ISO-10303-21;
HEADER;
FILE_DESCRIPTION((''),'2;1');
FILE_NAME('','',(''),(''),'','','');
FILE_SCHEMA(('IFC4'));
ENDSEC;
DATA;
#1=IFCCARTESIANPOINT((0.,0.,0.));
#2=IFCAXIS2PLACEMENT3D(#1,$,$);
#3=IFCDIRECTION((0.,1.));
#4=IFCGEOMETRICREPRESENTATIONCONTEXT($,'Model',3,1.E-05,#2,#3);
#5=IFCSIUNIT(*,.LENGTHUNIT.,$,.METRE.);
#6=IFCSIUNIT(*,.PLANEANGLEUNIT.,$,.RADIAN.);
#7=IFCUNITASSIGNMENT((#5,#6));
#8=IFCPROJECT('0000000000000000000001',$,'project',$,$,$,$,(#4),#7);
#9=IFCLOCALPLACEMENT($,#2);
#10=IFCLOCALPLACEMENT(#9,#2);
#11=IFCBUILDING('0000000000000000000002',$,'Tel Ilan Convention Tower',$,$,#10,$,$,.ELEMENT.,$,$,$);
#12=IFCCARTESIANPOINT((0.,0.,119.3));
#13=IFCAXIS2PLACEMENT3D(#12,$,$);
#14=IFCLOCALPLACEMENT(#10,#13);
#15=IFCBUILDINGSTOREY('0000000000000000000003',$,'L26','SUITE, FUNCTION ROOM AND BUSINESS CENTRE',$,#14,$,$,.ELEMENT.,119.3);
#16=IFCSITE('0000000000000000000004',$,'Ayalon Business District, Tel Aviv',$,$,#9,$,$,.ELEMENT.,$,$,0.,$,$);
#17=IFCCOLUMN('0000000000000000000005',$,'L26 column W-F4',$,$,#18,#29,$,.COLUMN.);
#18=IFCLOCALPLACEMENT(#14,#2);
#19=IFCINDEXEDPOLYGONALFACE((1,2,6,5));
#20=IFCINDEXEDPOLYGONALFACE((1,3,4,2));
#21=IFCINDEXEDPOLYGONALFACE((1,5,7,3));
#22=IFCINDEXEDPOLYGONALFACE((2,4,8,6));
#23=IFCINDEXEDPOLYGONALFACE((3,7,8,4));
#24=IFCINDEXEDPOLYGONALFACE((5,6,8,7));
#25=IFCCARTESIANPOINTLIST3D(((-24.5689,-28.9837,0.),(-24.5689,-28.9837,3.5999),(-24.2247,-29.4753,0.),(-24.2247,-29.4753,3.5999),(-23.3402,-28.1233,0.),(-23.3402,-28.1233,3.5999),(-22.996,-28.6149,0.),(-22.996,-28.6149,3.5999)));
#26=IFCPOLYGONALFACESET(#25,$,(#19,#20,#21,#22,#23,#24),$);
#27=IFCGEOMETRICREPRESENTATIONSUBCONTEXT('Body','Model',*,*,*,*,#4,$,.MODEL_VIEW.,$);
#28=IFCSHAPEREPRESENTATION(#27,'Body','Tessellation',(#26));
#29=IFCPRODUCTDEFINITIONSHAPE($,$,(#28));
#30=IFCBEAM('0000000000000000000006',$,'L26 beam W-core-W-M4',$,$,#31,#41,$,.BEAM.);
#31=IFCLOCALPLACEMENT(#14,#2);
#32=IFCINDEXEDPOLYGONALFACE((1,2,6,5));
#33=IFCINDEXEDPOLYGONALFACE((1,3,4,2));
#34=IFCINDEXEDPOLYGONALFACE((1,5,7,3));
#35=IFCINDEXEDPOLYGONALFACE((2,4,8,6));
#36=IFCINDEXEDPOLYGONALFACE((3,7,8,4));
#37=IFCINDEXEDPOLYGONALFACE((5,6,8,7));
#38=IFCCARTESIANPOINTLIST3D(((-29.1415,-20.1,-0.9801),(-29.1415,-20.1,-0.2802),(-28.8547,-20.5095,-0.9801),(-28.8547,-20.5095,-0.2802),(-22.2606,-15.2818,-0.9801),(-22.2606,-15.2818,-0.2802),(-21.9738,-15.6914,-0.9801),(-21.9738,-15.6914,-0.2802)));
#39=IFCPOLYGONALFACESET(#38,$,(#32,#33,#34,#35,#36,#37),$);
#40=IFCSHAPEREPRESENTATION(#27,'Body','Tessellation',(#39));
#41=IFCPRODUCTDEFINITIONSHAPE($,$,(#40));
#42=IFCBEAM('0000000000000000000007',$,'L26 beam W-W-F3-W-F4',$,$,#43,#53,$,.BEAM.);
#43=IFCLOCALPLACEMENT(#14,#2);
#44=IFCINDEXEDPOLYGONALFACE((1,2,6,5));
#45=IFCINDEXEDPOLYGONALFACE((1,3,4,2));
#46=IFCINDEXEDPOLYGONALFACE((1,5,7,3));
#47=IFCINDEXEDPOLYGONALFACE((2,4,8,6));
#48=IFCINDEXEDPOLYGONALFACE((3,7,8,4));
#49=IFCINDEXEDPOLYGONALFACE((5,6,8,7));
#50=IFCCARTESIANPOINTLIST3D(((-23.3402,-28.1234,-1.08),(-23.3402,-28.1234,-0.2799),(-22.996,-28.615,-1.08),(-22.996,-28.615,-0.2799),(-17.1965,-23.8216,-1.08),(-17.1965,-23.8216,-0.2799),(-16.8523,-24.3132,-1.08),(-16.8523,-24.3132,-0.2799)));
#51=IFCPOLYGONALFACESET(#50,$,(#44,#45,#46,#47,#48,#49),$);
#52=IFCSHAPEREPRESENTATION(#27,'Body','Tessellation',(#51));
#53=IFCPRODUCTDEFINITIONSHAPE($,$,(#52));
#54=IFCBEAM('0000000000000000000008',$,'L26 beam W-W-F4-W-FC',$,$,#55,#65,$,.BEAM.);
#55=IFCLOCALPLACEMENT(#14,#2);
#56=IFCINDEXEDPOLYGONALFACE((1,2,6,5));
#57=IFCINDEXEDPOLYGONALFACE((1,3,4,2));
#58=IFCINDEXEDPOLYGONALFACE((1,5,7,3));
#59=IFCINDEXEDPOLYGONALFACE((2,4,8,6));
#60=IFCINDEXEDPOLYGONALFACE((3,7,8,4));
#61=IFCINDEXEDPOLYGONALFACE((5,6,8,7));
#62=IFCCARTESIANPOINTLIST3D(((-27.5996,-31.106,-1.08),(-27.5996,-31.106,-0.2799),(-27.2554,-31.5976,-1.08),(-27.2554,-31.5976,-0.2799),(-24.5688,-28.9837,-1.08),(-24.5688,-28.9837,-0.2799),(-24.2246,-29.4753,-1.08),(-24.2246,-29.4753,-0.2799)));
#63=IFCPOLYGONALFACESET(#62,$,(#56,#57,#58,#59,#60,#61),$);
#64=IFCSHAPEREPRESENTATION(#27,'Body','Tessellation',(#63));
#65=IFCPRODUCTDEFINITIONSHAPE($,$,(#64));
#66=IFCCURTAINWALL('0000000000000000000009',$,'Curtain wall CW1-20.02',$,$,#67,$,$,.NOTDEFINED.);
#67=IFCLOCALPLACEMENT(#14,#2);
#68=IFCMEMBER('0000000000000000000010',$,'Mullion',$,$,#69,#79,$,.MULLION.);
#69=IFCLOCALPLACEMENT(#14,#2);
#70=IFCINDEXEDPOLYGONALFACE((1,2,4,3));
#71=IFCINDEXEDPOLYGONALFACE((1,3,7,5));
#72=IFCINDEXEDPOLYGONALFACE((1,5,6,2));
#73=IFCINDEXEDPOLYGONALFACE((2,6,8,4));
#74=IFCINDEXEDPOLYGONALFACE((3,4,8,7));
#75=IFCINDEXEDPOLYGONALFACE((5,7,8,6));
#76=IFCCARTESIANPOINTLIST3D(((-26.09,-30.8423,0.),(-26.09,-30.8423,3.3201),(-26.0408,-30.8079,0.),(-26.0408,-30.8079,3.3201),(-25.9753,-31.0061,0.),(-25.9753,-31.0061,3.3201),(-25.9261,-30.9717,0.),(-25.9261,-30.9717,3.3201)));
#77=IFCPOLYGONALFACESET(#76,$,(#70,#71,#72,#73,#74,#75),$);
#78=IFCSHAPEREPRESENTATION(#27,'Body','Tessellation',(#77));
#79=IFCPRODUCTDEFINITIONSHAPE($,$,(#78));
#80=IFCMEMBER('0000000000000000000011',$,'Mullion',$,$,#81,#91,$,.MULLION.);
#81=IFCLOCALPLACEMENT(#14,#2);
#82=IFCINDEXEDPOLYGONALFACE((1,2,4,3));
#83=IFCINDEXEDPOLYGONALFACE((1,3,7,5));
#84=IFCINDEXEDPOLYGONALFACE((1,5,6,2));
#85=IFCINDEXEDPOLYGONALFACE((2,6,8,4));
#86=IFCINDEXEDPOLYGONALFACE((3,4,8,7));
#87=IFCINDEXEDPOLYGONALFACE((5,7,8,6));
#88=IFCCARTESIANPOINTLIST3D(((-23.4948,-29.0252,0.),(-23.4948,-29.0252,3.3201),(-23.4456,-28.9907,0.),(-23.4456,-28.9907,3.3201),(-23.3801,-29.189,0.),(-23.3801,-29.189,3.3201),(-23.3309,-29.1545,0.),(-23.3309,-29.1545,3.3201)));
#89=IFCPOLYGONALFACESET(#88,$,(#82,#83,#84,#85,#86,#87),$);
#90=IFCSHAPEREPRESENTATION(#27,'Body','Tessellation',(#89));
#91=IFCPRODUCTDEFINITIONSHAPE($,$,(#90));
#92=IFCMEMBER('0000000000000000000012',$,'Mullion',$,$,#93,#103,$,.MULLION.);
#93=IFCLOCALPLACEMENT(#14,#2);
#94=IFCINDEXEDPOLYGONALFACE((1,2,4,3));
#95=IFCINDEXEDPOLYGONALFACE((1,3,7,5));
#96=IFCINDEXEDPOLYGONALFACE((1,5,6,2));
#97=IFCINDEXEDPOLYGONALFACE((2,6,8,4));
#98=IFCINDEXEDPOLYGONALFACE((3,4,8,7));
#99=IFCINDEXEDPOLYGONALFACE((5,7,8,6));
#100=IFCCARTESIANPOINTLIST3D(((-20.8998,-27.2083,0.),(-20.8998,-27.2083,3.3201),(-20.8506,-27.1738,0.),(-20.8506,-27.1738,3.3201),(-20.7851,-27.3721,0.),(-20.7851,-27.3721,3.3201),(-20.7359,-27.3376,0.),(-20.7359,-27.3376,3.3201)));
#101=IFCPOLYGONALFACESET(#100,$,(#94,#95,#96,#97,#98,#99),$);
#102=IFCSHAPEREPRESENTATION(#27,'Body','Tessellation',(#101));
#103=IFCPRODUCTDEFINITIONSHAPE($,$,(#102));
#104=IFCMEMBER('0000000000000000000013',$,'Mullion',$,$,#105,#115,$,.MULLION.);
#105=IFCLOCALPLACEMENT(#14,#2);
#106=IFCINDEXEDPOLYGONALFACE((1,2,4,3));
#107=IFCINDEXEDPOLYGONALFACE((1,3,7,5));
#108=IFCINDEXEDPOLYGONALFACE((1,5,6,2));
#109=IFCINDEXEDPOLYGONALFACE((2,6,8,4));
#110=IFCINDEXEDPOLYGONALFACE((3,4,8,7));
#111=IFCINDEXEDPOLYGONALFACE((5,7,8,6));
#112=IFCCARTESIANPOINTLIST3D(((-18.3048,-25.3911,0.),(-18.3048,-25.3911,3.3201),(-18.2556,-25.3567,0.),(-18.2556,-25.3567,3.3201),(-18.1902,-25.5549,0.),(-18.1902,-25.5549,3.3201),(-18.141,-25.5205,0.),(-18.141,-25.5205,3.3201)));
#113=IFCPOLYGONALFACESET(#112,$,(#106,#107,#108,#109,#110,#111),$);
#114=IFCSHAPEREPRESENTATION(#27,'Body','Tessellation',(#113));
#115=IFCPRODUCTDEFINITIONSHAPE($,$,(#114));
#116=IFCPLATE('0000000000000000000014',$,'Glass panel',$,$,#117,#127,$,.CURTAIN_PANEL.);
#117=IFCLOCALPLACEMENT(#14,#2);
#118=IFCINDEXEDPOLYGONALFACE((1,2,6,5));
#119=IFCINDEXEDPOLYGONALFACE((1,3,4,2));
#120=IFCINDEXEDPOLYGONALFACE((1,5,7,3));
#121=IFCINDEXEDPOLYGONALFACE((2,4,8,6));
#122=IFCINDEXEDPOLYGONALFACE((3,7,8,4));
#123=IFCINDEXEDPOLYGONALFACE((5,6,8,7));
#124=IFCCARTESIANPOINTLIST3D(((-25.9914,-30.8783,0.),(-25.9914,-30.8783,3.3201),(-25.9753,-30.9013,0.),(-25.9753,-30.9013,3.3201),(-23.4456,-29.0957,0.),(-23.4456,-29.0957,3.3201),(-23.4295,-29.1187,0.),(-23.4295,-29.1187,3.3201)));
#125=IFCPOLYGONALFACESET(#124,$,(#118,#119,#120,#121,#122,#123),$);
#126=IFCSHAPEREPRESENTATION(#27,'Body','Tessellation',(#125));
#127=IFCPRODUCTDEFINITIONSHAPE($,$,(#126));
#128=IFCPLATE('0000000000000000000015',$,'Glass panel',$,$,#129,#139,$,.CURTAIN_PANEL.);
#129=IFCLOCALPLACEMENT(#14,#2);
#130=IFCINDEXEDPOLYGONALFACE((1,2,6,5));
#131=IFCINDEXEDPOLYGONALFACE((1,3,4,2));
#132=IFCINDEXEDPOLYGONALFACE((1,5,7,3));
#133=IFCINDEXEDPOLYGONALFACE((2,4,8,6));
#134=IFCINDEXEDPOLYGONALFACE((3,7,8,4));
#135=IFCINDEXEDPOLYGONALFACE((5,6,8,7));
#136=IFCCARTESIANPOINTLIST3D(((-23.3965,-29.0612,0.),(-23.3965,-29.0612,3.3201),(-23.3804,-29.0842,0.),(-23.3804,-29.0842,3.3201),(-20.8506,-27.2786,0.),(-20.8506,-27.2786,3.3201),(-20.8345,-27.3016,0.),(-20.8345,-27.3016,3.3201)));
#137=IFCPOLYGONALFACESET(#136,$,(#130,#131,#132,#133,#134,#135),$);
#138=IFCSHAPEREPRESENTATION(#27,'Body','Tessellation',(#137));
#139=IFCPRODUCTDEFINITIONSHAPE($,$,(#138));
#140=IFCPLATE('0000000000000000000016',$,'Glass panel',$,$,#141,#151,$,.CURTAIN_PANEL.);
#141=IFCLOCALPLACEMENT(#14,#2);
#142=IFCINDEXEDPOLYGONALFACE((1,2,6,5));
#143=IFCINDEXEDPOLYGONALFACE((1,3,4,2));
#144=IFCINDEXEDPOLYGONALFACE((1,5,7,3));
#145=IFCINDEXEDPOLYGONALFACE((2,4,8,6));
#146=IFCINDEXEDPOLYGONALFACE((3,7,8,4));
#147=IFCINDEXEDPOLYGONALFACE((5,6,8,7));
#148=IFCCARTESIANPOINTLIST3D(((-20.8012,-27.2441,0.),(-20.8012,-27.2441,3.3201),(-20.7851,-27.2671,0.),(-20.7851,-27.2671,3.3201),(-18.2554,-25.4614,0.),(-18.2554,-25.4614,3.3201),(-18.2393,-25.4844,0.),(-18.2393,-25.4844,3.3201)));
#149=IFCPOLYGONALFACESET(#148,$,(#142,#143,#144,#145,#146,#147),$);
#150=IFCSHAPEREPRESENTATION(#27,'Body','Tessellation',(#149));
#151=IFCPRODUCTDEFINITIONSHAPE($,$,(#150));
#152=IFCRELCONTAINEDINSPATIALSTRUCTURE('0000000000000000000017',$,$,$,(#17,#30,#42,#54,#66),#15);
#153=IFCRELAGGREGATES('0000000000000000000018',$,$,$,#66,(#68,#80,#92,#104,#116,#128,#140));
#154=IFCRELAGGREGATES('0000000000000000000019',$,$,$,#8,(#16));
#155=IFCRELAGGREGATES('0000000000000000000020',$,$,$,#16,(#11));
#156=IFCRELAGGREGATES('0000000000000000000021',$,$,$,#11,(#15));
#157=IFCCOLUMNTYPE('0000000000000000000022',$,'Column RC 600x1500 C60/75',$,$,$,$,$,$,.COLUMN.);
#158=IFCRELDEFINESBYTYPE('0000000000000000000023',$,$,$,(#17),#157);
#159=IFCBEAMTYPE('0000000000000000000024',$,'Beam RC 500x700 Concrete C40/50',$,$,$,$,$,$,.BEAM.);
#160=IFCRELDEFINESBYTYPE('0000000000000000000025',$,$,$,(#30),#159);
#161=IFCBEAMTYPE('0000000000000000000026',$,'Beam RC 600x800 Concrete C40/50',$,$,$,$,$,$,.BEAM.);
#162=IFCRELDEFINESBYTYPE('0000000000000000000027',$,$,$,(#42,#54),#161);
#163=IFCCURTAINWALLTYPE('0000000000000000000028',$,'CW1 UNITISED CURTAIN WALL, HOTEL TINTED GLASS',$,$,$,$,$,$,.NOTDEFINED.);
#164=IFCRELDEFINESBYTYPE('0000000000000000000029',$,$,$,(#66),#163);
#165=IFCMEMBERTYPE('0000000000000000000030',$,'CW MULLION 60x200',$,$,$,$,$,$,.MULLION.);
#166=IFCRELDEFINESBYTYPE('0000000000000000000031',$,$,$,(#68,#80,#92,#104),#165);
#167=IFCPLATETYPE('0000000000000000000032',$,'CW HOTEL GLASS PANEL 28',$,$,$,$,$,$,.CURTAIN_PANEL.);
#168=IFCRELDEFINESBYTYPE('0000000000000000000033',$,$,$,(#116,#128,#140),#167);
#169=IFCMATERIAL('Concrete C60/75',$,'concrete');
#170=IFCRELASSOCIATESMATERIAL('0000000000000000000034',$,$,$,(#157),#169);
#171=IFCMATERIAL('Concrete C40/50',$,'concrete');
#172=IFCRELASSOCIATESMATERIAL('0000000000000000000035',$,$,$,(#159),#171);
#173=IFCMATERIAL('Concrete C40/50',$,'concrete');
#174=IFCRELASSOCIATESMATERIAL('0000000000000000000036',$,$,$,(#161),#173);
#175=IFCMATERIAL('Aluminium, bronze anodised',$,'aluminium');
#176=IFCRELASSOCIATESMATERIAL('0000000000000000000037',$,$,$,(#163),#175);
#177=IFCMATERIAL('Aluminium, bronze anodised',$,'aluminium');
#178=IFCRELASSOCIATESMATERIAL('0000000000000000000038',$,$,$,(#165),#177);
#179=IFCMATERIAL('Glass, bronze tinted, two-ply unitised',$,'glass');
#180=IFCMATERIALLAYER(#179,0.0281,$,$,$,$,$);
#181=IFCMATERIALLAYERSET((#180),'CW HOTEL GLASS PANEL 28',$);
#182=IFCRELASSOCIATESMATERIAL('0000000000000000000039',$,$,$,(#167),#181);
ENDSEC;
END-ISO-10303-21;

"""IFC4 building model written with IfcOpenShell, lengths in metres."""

from ifc_helpers import new_model, si_unit, direction, frame, origin, origin_2d, place, context, subcontext, project, spatial, rectangle, extrude, material, layer, layer_set, material_profile, profile_set, type_object, element, aggregate, save


model = new_model("IFC4")

# Units and contexts
model_context = context("Model", 3, precision=1e-05, world=origin(), true_north=direction((0.0, 1.0)))
body_context = subcontext(model_context, "Body", "Model", "MODEL_VIEW")
ifc_project = project(units=[si_unit("LENGTHUNIT", "METRE"), si_unit("PLANEANGLEUNIT", "RADIAN")], contexts=[model_context])

# Site, building, storey
site_placement = place(None, origin())
site = spatial("IfcSite", under=ifc_project, at=site_placement, Name="Ayalon Business District, Tel Aviv", CompositionType="ELEMENT", RefElevation=0.0)
building_placement = place(site_placement, origin())
building = spatial("IfcBuilding", under=site, at=building_placement, Name="Tel Ilan Convention Tower", CompositionType="ELEMENT")
storey_placement = place(building_placement, frame((0.0, 0.0, 119.3)))
storey = spatial("IfcBuildingStorey", under=building, at=storey_placement, Name="L26", Description="SUITE, FUNCTION ROOM AND BUSINESS CENTRE", CompositionType="ELEMENT", Elevation=119.3)

# Column
ifc_material_1 = material(Name="Concrete C60/75", Category="concrete")
ifc_material_profile_1 = material_profile(ifc_material_1, rectangle(XDim=1.5, YDim=0.6001, at=origin_2d()), Name="RC 600x1500")
ifc_profile_set_1 = profile_set([ifc_material_profile_1], Name="Concrete C60/75")
column_type = type_object("IfcColumnType", Name="Column RC 600x1500 C60/75", PredefinedType="COLUMN", material=ifc_profile_set_1)
column_placement = place(storey_placement, frame((-23.7825, -28.7993, 0.0), z_axis=(0.0, 0.0, 1.0), x_axis=(-0.819152, -0.573576, 0.0)))
element("IfcColumn", 1, at=column_placement, inside=storey, type_object=column_type, Name="L26 column W-F4", PredefinedType="COLUMN", context=body_context, shape_type="SweptSolid", body=[
    extrude(rectangle(XDim=1.5, YDim=0.6001, at=origin_2d()), origin(), (0.0, 0.0, 1.0), 3.5999),
])

# Beams
ifc_material_2 = material(Name="Concrete C40/50", Category="concrete")
ifc_material_profile_2 = material_profile(ifc_material_2, rectangle(XDim=0.5, YDim=0.7, at=origin_2d()), Name="RC 500x700")
ifc_profile_set_2 = profile_set([ifc_material_profile_2], Name="Concrete C40/50")
beam_type_1 = type_object("IfcBeamType", Name="Beam RC 500x700 Concrete C40/50", PredefinedType="BEAM", material=ifc_profile_set_2)
beam_1_placement = place(storey_placement, frame((-22.1172, -15.4866, -0.6301), z_axis=(-0.819147, -0.573583, 0.0), x_axis=(0.573583, -0.819147, 0.0)))
element("IfcBeam", 2, at=beam_1_placement, inside=storey, type_object=beam_type_1, Name="L26 beam W-core-W-M4", PredefinedType="BEAM", context=body_context, shape_type="SweptSolid", body=[
    extrude(rectangle(XDim=0.5, YDim=0.7, at=origin_2d()), origin(), (0.0, 0.0, 1.0), 8.4001),
])
ifc_material_3 = material(Name="Concrete C40/50", Category="concrete")
ifc_material_profile_3 = material_profile(ifc_material_3, rectangle(XDim=0.6001, YDim=0.8, at=origin_2d()), Name="RC 600x800")
ifc_profile_set_3 = profile_set([ifc_material_profile_3], Name="Concrete C40/50")
beam_type_2 = type_object("IfcBeamType", Name="Beam RC 600x800 Concrete C40/50", PredefinedType="BEAM", material=ifc_profile_set_3)
beam_2_placement = place(storey_placement, frame((-17.0244, -24.0674, -0.6799), z_axis=(-0.819152, -0.573576, 0.0), x_axis=(0.573576, -0.819152, 0.0)))
element("IfcBeam", 3, at=beam_2_placement, inside=storey, type_object=beam_type_2, Name="L26 beam W-W-F3-W-F4", PredefinedType="BEAM", context=body_context, shape_type="SweptSolid", body=[
    extrude(rectangle(XDim=0.6001, YDim=0.8, at=origin_2d()), origin(), (0.0, 0.0, 1.0), 7.5),
])
beam_3_placement = place(storey_placement, frame((-24.3967, -29.2295, -0.6799), z_axis=(-0.819133, -0.573604, 0.0), x_axis=(0.573604, -0.819133, 0.0)))
element("IfcBeam", 4, at=beam_3_placement, inside=storey, type_object=beam_type_2, Name="L26 beam W-W-F4-W-FC", PredefinedType="BEAM", context=body_context, shape_type="SweptSolid", body=[
    extrude(rectangle(XDim=0.6001, YDim=0.8, at=origin_2d()), origin(), (0.0, 0.0, 1.0), 3.7),
])

# Curtain wall, members, plates
ifc_material_4 = material(Name="Aluminium, bronze anodised", Category="aluminium")
curtain_wall_type = type_object("IfcCurtainWallType", Name="CW1 UNITISED CURTAIN WALL, HOTEL TINTED GLASS", PredefinedType="NOTDEFINED", material=ifc_material_4)
curtain_wall_placement = place(storey_placement, origin())
curtain_wall = element("IfcCurtainWall", 5, at=curtain_wall_placement, inside=storey, type_object=curtain_wall_type, Name="Curtain wall CW1-20.02", PredefinedType="NOTDEFINED")
ifc_material_5 = material(Name="Aluminium, bronze anodised", Category="aluminium")
ifc_material_profile_4 = material_profile(ifc_material_5, rectangle(XDim=0.0601, YDim=0.2, at=origin_2d()), Name="CW MULLION 60x200")
ifc_profile_set_4 = profile_set([ifc_material_profile_4], Name="Aluminium, bronze anodised")
member_type = type_object("IfcMemberType", Name="CW MULLION 60x200", PredefinedType="MULLION", material=ifc_profile_set_4)
member_1_placement = place(storey_placement, frame((-26.0081, -30.907, 0.0), z_axis=(0.0, 0.0, 1.0), x_axis=(0.819152, 0.573576, 0.0)))
member_1 = element("IfcMember", 6, at=member_1_placement, type_object=member_type, Name="Mullion", PredefinedType="MULLION", context=body_context, shape_type="SweptSolid", body=[
    extrude(rectangle(XDim=0.0601, YDim=0.2, at=origin_2d()), origin(), (0.0, 0.0, 1.0), 3.3201),
])
member_2_placement = place(storey_placement, frame((-23.4128, -29.0898, 0.0), z_axis=(0.0, 0.0, 1.0), x_axis=(0.819152, 0.573576, 0.0)))
member_2 = element("IfcMember", 7, at=member_2_placement, type_object=member_type, Name="Mullion", PredefinedType="MULLION", context=body_context, shape_type="SweptSolid", body=[
    extrude(rectangle(XDim=0.0601, YDim=0.2, at=origin_2d()), origin(), (0.0, 0.0, 1.0), 3.3201),
])
member_3_placement = place(storey_placement, frame((-20.8179, -27.2729, 0.0), z_axis=(0.0, 0.0, 1.0), x_axis=(0.819152, 0.573576, 0.0)))
member_3 = element("IfcMember", 8, at=member_3_placement, type_object=member_type, Name="Mullion", PredefinedType="MULLION", context=body_context, shape_type="SweptSolid", body=[
    extrude(rectangle(XDim=0.0601, YDim=0.2, at=origin_2d()), origin(), (0.0, 0.0, 1.0), 3.3201),
])
member_4_placement = place(storey_placement, frame((-18.2229, -25.4558, 0.0), z_axis=(0.0, 0.0, 1.0), x_axis=(0.819152, 0.573576, 0.0)))
member_4 = element("IfcMember", 9, at=member_4_placement, type_object=member_type, Name="Mullion", PredefinedType="MULLION", context=body_context, shape_type="SweptSolid", body=[
    extrude(rectangle(XDim=0.0601, YDim=0.2, at=origin_2d()), origin(), (0.0, 0.0, 1.0), 3.3201),
])
ifc_material_6 = material(Name="Glass, bronze tinted, two-ply unitised", Category="glass")
ifc_layer_1 = layer(ifc_material_6, 0.0281)
ifc_layer_set_1 = layer_set([ifc_layer_1], Name="CW HOTEL GLASS PANEL 28")
plate_type = type_object("IfcPlateType", Name="CW HOTEL GLASS PANEL 28", PredefinedType="CURTAIN_PANEL", material=ifc_layer_set_1)
plate_1_placement = place(storey_placement, frame((-24.7104, -29.9985, 0.0), z_axis=(0.0, 0.0, 1.0), x_axis=(0.819152, 0.573576, 0.0)))
plate_1 = element("IfcPlate", 10, at=plate_1_placement, type_object=plate_type, Name="Glass panel", PredefinedType="CURTAIN_PANEL", context=body_context, shape_type="SweptSolid", body=[
    extrude(rectangle(XDim=3.1079, YDim=0.0281, at=origin_2d()), origin(), (0.0, 0.0, 1.0), 3.3201),
])
plate_2_placement = place(storey_placement, frame((-22.1155, -28.1814, 0.0), z_axis=(0.0, 0.0, 1.0), x_axis=(0.819152, 0.573576, 0.0)))
plate_2 = element("IfcPlate", 11, at=plate_2_placement, type_object=plate_type, Name="Glass panel", PredefinedType="CURTAIN_PANEL", context=body_context, shape_type="SweptSolid", body=[
    extrude(rectangle(XDim=3.1079, YDim=0.0281, at=origin_2d()), origin(), (0.0, 0.0, 1.0), 3.3201),
])
plate_3_placement = place(storey_placement, frame((-19.5203, -26.3643, 0.0), z_axis=(0.0, 0.0, 1.0), x_axis=(0.819152, 0.573576, 0.0)))
plate_3 = element("IfcPlate", 12, at=plate_3_placement, type_object=plate_type, Name="Glass panel", PredefinedType="CURTAIN_PANEL", context=body_context, shape_type="SweptSolid", body=[
    extrude(rectangle(XDim=3.1079, YDim=0.0281, at=origin_2d()), origin(), (0.0, 0.0, 1.0), 3.3201),
])
aggregate(curtain_wall, [member_1, member_2, member_3, member_4, plate_1, plate_2, plate_3])

save(model, "model.ifc")
